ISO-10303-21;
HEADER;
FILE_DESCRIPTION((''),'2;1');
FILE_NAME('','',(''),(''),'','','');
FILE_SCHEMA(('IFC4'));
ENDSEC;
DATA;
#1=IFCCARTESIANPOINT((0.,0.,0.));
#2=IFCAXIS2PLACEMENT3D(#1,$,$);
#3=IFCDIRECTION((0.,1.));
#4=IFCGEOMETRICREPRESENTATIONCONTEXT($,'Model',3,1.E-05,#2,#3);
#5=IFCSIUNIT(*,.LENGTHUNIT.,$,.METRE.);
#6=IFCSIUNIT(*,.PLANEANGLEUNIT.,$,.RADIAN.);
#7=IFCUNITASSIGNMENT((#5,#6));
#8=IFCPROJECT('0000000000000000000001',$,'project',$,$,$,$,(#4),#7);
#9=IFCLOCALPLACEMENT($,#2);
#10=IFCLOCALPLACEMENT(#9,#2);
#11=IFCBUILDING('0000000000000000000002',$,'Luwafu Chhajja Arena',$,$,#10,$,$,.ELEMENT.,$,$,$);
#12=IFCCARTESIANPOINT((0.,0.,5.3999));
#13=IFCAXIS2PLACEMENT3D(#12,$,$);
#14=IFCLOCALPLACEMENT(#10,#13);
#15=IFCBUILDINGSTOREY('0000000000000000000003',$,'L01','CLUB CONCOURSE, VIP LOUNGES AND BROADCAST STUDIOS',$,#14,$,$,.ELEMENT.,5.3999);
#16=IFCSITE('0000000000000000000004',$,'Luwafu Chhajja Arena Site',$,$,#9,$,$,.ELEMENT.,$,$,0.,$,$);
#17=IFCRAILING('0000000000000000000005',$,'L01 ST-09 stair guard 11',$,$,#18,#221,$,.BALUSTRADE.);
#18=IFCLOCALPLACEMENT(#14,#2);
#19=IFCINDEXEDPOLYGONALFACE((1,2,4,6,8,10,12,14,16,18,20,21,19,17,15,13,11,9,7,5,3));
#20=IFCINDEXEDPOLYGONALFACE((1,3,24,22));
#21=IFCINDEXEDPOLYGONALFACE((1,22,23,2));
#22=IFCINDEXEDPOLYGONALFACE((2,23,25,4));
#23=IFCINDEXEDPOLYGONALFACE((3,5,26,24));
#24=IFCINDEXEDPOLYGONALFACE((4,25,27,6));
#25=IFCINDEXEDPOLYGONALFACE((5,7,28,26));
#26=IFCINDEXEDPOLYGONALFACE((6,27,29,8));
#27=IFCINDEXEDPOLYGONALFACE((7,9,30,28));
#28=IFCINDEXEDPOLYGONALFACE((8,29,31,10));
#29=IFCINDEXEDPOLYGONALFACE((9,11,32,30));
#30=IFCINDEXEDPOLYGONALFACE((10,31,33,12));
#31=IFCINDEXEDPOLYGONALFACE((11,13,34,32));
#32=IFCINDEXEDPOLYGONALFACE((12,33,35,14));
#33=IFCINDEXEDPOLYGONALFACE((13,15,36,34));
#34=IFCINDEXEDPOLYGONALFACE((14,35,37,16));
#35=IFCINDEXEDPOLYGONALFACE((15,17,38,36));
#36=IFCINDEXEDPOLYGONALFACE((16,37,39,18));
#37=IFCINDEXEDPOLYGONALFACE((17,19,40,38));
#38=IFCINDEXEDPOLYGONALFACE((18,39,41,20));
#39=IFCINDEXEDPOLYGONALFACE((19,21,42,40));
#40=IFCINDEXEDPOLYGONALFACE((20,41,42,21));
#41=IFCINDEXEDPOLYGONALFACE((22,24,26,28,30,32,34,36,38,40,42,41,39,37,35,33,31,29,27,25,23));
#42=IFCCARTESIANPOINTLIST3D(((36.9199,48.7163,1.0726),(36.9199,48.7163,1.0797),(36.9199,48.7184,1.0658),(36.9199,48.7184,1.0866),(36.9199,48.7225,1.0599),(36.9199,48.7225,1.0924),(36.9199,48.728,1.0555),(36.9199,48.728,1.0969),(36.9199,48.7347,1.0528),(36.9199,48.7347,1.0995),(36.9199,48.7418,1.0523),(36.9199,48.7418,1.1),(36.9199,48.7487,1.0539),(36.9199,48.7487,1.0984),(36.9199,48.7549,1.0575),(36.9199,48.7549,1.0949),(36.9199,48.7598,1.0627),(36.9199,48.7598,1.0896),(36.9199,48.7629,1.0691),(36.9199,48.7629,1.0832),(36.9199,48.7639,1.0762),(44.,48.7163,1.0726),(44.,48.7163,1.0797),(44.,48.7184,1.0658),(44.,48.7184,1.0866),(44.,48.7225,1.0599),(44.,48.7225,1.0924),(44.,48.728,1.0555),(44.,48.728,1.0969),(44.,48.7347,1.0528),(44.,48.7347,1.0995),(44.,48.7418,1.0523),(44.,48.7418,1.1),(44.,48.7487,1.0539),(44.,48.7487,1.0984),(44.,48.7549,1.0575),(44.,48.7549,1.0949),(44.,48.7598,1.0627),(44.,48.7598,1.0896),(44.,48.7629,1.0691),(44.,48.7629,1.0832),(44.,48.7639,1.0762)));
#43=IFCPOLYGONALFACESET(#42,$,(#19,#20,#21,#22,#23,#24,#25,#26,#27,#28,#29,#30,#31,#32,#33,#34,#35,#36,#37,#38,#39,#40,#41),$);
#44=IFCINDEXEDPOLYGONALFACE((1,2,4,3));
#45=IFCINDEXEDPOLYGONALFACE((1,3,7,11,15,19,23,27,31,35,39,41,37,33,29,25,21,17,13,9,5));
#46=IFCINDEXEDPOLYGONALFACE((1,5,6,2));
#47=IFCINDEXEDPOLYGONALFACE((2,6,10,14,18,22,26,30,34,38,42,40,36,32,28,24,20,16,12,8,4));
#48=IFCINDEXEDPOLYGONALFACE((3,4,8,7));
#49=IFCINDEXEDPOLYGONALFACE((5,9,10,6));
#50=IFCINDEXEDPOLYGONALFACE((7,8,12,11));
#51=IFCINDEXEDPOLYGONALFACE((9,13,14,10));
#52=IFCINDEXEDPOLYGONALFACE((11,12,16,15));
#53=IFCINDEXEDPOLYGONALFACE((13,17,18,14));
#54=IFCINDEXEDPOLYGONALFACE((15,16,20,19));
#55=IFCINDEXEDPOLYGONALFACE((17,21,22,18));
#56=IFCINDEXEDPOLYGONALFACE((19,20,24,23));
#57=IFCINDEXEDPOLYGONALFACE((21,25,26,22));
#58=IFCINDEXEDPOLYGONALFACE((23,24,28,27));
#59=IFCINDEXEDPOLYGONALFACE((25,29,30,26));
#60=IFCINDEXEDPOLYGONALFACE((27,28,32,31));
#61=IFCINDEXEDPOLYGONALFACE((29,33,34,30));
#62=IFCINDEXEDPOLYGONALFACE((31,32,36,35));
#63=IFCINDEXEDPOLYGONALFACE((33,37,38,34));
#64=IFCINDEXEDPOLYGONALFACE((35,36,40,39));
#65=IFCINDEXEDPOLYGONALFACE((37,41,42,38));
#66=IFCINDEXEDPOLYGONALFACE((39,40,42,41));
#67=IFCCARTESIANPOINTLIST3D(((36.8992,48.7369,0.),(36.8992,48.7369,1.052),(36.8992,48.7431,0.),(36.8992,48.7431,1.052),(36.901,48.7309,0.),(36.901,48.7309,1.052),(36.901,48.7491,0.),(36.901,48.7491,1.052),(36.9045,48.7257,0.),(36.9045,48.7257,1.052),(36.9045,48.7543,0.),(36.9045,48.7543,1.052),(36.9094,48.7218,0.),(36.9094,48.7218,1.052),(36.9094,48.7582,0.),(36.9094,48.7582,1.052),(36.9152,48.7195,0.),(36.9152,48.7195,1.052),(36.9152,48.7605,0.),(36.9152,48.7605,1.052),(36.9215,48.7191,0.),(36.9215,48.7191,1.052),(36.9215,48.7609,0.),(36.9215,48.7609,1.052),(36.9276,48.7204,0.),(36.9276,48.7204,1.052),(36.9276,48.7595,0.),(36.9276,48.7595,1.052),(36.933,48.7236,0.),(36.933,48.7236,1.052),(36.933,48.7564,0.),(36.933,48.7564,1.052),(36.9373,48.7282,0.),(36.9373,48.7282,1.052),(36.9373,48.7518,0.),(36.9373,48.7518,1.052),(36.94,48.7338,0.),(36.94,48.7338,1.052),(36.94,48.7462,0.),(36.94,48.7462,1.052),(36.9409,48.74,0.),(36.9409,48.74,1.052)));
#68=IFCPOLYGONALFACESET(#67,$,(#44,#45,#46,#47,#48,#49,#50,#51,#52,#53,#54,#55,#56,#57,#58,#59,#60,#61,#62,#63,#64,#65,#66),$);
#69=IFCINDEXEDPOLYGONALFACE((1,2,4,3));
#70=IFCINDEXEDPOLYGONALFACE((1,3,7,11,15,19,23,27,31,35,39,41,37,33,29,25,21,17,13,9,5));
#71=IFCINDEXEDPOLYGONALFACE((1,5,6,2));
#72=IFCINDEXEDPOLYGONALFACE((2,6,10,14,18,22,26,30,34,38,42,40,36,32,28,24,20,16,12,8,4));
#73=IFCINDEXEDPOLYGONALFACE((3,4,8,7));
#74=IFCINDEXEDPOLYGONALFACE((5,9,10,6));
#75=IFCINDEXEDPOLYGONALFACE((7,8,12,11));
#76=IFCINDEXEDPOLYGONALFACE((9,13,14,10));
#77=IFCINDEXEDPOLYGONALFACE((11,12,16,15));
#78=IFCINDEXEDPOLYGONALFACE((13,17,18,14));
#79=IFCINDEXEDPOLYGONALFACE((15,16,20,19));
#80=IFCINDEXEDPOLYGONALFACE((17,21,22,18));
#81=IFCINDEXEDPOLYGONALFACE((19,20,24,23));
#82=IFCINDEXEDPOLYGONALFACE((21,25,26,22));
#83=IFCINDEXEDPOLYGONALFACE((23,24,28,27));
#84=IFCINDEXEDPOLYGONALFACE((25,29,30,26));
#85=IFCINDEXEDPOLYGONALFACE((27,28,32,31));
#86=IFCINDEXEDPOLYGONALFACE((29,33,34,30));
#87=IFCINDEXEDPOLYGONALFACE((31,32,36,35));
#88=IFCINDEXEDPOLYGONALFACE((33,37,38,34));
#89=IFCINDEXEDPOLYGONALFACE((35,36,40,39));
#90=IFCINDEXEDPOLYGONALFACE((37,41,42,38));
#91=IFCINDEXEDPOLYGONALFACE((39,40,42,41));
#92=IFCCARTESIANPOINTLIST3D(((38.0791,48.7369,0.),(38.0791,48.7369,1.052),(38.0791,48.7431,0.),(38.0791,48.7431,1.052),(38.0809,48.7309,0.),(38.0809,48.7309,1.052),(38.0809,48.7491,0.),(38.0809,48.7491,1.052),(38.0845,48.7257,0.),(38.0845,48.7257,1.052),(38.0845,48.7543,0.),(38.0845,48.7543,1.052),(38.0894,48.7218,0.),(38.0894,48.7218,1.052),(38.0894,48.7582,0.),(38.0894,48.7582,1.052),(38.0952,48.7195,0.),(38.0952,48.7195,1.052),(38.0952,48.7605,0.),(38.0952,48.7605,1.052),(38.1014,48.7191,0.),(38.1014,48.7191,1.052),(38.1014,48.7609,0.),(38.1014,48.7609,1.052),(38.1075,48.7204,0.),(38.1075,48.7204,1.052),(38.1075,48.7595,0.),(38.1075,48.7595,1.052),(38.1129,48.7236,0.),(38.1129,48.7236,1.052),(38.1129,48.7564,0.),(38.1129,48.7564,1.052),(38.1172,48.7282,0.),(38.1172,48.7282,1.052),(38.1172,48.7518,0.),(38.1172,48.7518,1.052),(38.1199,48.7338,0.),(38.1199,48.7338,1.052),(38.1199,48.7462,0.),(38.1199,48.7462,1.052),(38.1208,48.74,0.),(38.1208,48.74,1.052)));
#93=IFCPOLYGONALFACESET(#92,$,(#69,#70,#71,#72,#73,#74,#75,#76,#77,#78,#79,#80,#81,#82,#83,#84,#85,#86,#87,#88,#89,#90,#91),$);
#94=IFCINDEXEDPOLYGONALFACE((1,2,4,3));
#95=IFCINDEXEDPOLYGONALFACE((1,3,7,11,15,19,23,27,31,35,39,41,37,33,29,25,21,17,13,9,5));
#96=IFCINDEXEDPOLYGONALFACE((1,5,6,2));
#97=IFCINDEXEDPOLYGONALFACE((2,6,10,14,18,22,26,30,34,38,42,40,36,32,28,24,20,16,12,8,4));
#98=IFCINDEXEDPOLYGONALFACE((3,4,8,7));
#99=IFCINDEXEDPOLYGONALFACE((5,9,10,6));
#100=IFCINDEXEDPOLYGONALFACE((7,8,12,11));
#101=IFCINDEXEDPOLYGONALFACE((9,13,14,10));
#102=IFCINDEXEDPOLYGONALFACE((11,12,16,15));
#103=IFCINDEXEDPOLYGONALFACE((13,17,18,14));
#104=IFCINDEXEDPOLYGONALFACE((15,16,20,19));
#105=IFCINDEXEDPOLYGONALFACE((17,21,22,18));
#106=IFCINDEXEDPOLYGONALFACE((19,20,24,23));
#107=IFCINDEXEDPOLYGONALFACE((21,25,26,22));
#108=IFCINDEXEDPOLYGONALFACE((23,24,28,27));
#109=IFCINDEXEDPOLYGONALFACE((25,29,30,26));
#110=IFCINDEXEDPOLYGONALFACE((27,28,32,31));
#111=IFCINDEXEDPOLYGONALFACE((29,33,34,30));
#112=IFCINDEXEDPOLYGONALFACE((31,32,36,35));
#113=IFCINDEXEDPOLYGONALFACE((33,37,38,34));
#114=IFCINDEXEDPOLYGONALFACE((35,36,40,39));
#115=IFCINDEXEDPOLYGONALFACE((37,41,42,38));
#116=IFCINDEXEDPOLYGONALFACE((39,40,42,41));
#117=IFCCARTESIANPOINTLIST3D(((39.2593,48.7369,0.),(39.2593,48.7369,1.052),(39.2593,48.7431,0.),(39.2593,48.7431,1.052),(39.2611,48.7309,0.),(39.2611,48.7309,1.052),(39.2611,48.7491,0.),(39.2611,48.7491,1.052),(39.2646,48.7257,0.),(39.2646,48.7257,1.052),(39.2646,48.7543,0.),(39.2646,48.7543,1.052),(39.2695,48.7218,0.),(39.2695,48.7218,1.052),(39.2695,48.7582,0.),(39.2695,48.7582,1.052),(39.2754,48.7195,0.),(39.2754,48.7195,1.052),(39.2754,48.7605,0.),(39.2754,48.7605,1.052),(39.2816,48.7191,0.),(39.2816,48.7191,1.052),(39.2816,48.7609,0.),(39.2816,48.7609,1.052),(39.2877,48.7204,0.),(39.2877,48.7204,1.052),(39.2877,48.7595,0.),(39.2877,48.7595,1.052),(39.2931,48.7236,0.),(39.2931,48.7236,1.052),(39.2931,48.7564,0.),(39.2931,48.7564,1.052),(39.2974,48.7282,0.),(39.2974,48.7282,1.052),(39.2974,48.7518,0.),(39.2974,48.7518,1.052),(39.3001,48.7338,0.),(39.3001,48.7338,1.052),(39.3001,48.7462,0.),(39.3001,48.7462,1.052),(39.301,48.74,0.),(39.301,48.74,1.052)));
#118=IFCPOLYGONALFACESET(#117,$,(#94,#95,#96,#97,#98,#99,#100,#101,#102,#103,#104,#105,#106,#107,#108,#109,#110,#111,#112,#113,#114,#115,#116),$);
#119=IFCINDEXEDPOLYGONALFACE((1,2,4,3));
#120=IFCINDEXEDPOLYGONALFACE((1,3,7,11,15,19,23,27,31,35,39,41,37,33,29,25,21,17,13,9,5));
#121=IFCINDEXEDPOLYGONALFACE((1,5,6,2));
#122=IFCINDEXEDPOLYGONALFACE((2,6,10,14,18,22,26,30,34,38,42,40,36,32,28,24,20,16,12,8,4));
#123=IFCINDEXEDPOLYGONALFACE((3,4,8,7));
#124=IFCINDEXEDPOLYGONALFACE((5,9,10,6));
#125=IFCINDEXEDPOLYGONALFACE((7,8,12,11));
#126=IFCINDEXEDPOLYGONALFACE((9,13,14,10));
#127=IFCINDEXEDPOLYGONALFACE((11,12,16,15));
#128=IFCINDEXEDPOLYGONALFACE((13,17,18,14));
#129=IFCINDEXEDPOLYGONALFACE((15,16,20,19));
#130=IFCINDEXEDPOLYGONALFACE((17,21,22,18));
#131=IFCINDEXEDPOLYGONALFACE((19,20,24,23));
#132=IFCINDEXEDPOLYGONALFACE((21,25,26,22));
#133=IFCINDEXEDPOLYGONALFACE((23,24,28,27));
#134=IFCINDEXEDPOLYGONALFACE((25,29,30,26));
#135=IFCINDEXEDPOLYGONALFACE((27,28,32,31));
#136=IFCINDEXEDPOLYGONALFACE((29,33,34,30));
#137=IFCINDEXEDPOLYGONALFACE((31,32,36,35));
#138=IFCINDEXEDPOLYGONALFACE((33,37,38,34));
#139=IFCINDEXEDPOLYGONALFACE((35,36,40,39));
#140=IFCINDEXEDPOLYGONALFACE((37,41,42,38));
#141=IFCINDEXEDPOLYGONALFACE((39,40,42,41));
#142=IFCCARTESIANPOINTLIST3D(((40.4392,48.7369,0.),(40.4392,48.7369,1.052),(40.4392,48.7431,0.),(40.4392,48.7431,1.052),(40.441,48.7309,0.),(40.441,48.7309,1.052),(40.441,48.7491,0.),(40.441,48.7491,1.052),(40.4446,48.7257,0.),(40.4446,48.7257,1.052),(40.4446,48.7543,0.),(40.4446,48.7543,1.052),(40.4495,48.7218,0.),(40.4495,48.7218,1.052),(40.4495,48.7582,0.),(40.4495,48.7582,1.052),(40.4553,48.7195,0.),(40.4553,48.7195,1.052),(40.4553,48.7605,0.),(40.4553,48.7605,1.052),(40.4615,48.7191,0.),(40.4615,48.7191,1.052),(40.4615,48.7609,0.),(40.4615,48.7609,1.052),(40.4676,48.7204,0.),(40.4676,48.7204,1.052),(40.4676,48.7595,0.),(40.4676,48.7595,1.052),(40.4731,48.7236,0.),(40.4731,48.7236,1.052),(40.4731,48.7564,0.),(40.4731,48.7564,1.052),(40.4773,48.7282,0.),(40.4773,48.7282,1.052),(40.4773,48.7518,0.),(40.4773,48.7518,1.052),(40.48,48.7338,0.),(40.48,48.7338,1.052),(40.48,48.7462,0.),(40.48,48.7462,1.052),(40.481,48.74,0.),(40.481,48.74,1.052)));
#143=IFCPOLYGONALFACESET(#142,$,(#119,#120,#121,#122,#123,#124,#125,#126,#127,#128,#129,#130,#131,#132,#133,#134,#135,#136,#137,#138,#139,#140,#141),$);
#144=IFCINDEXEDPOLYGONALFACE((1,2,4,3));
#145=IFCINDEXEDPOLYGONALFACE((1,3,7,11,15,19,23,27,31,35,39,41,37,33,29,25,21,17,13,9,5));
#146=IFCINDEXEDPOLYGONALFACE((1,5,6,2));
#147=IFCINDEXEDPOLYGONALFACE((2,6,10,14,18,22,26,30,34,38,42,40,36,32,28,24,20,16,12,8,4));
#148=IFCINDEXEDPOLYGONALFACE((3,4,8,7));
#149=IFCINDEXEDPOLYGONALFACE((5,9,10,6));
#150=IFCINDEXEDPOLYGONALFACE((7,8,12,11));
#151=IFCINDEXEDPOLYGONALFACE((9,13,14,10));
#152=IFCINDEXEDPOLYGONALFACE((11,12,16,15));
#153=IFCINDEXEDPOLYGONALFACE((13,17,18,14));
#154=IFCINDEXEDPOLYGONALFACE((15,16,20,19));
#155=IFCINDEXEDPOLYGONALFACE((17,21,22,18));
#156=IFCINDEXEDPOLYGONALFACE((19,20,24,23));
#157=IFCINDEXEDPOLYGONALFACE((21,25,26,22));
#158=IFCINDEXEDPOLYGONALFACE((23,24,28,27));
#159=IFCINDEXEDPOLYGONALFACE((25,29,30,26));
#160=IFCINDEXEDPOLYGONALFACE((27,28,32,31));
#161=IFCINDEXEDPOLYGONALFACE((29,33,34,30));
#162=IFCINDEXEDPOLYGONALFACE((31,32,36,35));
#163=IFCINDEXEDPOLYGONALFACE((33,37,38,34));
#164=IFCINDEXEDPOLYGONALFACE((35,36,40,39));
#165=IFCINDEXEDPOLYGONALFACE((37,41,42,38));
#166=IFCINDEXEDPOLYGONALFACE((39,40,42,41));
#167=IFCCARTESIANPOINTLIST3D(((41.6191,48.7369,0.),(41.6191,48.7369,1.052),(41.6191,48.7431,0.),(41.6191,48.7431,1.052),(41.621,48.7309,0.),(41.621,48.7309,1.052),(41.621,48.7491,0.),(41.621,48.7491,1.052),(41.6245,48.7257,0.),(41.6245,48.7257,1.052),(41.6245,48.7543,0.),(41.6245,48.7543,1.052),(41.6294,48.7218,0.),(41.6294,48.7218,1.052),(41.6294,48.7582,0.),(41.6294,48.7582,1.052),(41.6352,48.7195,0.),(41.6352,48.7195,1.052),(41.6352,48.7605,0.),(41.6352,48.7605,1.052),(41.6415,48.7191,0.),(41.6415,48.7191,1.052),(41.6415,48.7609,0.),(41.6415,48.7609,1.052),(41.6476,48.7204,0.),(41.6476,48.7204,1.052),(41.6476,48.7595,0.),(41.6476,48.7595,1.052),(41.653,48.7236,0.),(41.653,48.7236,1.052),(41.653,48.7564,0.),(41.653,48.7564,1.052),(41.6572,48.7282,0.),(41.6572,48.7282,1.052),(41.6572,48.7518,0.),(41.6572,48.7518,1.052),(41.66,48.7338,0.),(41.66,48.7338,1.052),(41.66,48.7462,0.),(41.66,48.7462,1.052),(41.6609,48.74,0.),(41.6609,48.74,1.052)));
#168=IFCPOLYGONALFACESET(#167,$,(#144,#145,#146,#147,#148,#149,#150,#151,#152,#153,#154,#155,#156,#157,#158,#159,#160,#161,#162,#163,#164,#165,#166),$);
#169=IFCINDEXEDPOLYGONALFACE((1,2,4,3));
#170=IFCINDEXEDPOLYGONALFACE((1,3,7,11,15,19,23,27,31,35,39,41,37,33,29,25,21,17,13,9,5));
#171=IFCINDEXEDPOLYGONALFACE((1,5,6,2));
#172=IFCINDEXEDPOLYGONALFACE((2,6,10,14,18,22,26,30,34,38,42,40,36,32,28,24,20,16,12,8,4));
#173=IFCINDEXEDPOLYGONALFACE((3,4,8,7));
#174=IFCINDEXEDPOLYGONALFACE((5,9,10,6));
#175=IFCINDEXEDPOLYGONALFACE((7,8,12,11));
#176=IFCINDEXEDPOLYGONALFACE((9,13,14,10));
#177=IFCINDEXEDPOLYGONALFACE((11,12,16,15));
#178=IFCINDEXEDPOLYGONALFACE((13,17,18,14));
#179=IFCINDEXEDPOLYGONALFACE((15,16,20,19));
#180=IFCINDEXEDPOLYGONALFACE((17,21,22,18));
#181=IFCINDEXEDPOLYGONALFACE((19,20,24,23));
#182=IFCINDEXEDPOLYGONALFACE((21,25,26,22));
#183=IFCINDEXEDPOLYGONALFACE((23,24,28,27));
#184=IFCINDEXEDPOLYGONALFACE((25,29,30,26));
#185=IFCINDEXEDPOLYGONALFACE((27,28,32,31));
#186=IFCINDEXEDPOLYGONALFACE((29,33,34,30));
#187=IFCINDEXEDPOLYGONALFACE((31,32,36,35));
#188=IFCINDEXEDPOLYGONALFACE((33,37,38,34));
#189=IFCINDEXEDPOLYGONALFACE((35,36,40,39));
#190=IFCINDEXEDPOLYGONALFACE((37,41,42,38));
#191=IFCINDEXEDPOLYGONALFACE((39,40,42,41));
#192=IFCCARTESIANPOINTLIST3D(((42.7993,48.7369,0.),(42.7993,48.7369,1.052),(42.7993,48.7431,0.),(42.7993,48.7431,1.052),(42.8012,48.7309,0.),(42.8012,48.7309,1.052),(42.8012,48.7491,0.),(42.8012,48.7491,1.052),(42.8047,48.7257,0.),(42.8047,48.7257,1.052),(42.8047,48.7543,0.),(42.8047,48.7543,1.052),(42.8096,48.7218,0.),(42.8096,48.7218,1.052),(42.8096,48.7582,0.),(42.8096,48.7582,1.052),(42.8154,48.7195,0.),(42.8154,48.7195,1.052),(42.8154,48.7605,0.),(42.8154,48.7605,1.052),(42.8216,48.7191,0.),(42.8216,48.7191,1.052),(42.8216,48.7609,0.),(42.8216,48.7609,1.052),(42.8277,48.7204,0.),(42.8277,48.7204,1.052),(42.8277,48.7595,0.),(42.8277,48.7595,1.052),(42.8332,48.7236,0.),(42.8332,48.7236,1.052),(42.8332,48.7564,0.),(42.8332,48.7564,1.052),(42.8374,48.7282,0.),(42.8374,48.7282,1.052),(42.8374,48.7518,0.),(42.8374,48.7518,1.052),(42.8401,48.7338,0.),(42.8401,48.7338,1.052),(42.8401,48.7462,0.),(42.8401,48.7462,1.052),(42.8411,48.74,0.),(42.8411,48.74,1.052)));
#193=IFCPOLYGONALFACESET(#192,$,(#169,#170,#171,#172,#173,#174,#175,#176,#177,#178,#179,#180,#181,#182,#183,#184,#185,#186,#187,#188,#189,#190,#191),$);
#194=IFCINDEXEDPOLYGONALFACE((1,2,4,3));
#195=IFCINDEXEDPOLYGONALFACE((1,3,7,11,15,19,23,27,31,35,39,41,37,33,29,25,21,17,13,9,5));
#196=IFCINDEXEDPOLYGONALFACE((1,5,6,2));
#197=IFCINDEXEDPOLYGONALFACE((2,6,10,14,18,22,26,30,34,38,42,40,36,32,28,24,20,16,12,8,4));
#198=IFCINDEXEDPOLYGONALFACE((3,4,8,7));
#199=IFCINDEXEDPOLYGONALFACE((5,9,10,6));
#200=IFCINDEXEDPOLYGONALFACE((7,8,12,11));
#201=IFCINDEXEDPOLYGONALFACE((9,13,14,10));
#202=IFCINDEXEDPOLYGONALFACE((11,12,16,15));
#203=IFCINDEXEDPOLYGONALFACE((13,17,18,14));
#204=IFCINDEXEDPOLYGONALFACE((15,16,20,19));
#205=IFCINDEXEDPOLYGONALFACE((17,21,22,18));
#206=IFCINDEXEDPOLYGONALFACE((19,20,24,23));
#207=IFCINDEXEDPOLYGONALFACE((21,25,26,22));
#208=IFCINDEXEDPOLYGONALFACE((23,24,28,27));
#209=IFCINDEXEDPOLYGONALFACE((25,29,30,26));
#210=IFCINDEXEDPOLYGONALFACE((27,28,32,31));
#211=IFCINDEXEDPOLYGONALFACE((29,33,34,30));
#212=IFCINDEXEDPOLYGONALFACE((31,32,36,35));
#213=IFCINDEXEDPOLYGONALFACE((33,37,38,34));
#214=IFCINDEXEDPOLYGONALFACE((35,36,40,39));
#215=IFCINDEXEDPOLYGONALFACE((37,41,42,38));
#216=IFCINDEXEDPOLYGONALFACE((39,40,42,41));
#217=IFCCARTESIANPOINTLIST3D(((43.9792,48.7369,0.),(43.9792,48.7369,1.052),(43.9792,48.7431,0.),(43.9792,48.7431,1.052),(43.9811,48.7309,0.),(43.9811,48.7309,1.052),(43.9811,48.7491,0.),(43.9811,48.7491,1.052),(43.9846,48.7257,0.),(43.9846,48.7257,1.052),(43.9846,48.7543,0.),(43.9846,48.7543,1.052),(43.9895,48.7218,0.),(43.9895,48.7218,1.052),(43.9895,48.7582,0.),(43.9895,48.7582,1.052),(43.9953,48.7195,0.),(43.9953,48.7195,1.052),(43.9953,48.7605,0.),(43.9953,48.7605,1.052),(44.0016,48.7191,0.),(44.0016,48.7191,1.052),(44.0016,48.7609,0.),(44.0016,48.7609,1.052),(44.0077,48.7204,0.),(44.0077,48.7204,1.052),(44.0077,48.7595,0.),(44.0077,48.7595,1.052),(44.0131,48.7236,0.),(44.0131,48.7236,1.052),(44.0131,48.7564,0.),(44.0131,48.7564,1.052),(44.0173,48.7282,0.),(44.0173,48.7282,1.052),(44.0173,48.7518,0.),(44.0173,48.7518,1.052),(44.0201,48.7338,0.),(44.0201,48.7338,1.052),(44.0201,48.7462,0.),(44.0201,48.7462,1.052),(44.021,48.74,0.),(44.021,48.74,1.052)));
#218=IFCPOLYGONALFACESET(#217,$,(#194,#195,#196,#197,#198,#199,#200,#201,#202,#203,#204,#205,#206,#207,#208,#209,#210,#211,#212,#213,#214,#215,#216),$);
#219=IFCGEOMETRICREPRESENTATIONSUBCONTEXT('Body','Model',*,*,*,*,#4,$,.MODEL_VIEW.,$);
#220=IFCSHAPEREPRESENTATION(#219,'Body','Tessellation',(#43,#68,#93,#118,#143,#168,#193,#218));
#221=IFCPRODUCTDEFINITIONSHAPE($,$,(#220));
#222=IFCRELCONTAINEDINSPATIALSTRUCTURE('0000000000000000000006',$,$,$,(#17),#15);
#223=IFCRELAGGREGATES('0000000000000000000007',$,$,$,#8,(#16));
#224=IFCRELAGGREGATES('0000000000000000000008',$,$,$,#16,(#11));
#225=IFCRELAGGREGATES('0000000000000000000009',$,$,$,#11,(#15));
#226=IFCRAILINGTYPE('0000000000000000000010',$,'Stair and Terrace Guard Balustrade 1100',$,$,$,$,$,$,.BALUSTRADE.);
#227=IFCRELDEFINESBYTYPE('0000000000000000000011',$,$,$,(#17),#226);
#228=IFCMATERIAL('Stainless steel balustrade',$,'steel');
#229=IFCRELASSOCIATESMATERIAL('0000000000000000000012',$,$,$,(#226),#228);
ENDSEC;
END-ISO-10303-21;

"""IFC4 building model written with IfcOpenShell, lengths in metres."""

from ifc_helpers import new_model, si_unit, direction, frame, origin, origin_2d, place, context, subcontext, project, spatial, circle, extrude, material, type_object, element, save


model = new_model("IFC4")

# Units and contexts
model_context = context("Model", 3, precision=1e-05, world=origin(), true_north=direction((0.0, 1.0)))
body_context = subcontext(model_context, "Body", "Model", "MODEL_VIEW")
ifc_project = project(units=[si_unit("LENGTHUNIT", "METRE"), si_unit("PLANEANGLEUNIT", "RADIAN")], contexts=[model_context])

# Site, building, storey
site_placement = place(None, origin())
site = spatial("IfcSite", under=ifc_project, at=site_placement, Name="Luwafu Chhajja Arena Site", CompositionType="ELEMENT", RefElevation=0.0)
building_placement = place(site_placement, origin())
building = spatial("IfcBuilding", under=site, at=building_placement, Name="Luwafu Chhajja Arena", CompositionType="ELEMENT")
storey_placement = place(building_placement, frame((0.0, 0.0, 5.3999)))
storey = spatial("IfcBuildingStorey", under=building, at=storey_placement, Name="L01", Description="CLUB CONCOURSE, VIP LOUNGES AND BROADCAST STUDIOS", CompositionType="ELEMENT", Elevation=5.3999)

# Railing
ifc_material_1 = material(Name="Stainless steel balustrade", Category="steel")
railing_type_1 = type_object("IfcRailingType", Name="Stair and Terrace Guard Balustrade 1100", PredefinedType="BALUSTRADE", material=ifc_material_1)
railing_1_placement = place(storey_placement, frame((36.9199, 48.74, 0.0)))
element("IfcRailing", 1, at=railing_1_placement, inside=storey, type_object=railing_type_1, Name="L01 ST-09 stair guard 11", PredefinedType="BALUSTRADE", context=body_context, shape_type="SweptSolid", body=[
    extrude(circle(Radius=0.0239, at=origin_2d()), frame((0.0, 0.0, 1.0762), z_axis=(1.0, 0.0, 0.0), x_axis=(0.0, 1.0, 0.0)), (0.0, 0.0, 1.0), 7.0801),
    extrude(circle(Radius=0.021, at=origin_2d()), origin(), (0.0, 0.0, 1.0), 1.052),
    extrude(circle(Radius=0.021, at=origin_2d()), frame((1.1799, 0.0, 0.0)), (0.0, 0.0, 1.0), 1.052),
    extrude(circle(Radius=0.021, at=origin_2d()), frame((2.3601, 0.0, 0.0)), (0.0, 0.0, 1.0), 1.052),
    extrude(circle(Radius=0.021, at=origin_2d()), frame((3.54, 0.0, 0.0)), (0.0, 0.0, 1.0), 1.052),
    extrude(circle(Radius=0.021, at=origin_2d()), frame((4.72, 0.0, 0.0)), (0.0, 0.0, 1.0), 1.052),
    extrude(circle(Radius=0.021, at=origin_2d()), frame((5.9001, 0.0, 0.0)), (0.0, 0.0, 1.0), 1.052),
    extrude(circle(Radius=0.021, at=origin_2d()), frame((7.0801, 0.0, 0.0)), (0.0, 0.0, 1.0), 1.052),
])

save(model, "model.ifc")
